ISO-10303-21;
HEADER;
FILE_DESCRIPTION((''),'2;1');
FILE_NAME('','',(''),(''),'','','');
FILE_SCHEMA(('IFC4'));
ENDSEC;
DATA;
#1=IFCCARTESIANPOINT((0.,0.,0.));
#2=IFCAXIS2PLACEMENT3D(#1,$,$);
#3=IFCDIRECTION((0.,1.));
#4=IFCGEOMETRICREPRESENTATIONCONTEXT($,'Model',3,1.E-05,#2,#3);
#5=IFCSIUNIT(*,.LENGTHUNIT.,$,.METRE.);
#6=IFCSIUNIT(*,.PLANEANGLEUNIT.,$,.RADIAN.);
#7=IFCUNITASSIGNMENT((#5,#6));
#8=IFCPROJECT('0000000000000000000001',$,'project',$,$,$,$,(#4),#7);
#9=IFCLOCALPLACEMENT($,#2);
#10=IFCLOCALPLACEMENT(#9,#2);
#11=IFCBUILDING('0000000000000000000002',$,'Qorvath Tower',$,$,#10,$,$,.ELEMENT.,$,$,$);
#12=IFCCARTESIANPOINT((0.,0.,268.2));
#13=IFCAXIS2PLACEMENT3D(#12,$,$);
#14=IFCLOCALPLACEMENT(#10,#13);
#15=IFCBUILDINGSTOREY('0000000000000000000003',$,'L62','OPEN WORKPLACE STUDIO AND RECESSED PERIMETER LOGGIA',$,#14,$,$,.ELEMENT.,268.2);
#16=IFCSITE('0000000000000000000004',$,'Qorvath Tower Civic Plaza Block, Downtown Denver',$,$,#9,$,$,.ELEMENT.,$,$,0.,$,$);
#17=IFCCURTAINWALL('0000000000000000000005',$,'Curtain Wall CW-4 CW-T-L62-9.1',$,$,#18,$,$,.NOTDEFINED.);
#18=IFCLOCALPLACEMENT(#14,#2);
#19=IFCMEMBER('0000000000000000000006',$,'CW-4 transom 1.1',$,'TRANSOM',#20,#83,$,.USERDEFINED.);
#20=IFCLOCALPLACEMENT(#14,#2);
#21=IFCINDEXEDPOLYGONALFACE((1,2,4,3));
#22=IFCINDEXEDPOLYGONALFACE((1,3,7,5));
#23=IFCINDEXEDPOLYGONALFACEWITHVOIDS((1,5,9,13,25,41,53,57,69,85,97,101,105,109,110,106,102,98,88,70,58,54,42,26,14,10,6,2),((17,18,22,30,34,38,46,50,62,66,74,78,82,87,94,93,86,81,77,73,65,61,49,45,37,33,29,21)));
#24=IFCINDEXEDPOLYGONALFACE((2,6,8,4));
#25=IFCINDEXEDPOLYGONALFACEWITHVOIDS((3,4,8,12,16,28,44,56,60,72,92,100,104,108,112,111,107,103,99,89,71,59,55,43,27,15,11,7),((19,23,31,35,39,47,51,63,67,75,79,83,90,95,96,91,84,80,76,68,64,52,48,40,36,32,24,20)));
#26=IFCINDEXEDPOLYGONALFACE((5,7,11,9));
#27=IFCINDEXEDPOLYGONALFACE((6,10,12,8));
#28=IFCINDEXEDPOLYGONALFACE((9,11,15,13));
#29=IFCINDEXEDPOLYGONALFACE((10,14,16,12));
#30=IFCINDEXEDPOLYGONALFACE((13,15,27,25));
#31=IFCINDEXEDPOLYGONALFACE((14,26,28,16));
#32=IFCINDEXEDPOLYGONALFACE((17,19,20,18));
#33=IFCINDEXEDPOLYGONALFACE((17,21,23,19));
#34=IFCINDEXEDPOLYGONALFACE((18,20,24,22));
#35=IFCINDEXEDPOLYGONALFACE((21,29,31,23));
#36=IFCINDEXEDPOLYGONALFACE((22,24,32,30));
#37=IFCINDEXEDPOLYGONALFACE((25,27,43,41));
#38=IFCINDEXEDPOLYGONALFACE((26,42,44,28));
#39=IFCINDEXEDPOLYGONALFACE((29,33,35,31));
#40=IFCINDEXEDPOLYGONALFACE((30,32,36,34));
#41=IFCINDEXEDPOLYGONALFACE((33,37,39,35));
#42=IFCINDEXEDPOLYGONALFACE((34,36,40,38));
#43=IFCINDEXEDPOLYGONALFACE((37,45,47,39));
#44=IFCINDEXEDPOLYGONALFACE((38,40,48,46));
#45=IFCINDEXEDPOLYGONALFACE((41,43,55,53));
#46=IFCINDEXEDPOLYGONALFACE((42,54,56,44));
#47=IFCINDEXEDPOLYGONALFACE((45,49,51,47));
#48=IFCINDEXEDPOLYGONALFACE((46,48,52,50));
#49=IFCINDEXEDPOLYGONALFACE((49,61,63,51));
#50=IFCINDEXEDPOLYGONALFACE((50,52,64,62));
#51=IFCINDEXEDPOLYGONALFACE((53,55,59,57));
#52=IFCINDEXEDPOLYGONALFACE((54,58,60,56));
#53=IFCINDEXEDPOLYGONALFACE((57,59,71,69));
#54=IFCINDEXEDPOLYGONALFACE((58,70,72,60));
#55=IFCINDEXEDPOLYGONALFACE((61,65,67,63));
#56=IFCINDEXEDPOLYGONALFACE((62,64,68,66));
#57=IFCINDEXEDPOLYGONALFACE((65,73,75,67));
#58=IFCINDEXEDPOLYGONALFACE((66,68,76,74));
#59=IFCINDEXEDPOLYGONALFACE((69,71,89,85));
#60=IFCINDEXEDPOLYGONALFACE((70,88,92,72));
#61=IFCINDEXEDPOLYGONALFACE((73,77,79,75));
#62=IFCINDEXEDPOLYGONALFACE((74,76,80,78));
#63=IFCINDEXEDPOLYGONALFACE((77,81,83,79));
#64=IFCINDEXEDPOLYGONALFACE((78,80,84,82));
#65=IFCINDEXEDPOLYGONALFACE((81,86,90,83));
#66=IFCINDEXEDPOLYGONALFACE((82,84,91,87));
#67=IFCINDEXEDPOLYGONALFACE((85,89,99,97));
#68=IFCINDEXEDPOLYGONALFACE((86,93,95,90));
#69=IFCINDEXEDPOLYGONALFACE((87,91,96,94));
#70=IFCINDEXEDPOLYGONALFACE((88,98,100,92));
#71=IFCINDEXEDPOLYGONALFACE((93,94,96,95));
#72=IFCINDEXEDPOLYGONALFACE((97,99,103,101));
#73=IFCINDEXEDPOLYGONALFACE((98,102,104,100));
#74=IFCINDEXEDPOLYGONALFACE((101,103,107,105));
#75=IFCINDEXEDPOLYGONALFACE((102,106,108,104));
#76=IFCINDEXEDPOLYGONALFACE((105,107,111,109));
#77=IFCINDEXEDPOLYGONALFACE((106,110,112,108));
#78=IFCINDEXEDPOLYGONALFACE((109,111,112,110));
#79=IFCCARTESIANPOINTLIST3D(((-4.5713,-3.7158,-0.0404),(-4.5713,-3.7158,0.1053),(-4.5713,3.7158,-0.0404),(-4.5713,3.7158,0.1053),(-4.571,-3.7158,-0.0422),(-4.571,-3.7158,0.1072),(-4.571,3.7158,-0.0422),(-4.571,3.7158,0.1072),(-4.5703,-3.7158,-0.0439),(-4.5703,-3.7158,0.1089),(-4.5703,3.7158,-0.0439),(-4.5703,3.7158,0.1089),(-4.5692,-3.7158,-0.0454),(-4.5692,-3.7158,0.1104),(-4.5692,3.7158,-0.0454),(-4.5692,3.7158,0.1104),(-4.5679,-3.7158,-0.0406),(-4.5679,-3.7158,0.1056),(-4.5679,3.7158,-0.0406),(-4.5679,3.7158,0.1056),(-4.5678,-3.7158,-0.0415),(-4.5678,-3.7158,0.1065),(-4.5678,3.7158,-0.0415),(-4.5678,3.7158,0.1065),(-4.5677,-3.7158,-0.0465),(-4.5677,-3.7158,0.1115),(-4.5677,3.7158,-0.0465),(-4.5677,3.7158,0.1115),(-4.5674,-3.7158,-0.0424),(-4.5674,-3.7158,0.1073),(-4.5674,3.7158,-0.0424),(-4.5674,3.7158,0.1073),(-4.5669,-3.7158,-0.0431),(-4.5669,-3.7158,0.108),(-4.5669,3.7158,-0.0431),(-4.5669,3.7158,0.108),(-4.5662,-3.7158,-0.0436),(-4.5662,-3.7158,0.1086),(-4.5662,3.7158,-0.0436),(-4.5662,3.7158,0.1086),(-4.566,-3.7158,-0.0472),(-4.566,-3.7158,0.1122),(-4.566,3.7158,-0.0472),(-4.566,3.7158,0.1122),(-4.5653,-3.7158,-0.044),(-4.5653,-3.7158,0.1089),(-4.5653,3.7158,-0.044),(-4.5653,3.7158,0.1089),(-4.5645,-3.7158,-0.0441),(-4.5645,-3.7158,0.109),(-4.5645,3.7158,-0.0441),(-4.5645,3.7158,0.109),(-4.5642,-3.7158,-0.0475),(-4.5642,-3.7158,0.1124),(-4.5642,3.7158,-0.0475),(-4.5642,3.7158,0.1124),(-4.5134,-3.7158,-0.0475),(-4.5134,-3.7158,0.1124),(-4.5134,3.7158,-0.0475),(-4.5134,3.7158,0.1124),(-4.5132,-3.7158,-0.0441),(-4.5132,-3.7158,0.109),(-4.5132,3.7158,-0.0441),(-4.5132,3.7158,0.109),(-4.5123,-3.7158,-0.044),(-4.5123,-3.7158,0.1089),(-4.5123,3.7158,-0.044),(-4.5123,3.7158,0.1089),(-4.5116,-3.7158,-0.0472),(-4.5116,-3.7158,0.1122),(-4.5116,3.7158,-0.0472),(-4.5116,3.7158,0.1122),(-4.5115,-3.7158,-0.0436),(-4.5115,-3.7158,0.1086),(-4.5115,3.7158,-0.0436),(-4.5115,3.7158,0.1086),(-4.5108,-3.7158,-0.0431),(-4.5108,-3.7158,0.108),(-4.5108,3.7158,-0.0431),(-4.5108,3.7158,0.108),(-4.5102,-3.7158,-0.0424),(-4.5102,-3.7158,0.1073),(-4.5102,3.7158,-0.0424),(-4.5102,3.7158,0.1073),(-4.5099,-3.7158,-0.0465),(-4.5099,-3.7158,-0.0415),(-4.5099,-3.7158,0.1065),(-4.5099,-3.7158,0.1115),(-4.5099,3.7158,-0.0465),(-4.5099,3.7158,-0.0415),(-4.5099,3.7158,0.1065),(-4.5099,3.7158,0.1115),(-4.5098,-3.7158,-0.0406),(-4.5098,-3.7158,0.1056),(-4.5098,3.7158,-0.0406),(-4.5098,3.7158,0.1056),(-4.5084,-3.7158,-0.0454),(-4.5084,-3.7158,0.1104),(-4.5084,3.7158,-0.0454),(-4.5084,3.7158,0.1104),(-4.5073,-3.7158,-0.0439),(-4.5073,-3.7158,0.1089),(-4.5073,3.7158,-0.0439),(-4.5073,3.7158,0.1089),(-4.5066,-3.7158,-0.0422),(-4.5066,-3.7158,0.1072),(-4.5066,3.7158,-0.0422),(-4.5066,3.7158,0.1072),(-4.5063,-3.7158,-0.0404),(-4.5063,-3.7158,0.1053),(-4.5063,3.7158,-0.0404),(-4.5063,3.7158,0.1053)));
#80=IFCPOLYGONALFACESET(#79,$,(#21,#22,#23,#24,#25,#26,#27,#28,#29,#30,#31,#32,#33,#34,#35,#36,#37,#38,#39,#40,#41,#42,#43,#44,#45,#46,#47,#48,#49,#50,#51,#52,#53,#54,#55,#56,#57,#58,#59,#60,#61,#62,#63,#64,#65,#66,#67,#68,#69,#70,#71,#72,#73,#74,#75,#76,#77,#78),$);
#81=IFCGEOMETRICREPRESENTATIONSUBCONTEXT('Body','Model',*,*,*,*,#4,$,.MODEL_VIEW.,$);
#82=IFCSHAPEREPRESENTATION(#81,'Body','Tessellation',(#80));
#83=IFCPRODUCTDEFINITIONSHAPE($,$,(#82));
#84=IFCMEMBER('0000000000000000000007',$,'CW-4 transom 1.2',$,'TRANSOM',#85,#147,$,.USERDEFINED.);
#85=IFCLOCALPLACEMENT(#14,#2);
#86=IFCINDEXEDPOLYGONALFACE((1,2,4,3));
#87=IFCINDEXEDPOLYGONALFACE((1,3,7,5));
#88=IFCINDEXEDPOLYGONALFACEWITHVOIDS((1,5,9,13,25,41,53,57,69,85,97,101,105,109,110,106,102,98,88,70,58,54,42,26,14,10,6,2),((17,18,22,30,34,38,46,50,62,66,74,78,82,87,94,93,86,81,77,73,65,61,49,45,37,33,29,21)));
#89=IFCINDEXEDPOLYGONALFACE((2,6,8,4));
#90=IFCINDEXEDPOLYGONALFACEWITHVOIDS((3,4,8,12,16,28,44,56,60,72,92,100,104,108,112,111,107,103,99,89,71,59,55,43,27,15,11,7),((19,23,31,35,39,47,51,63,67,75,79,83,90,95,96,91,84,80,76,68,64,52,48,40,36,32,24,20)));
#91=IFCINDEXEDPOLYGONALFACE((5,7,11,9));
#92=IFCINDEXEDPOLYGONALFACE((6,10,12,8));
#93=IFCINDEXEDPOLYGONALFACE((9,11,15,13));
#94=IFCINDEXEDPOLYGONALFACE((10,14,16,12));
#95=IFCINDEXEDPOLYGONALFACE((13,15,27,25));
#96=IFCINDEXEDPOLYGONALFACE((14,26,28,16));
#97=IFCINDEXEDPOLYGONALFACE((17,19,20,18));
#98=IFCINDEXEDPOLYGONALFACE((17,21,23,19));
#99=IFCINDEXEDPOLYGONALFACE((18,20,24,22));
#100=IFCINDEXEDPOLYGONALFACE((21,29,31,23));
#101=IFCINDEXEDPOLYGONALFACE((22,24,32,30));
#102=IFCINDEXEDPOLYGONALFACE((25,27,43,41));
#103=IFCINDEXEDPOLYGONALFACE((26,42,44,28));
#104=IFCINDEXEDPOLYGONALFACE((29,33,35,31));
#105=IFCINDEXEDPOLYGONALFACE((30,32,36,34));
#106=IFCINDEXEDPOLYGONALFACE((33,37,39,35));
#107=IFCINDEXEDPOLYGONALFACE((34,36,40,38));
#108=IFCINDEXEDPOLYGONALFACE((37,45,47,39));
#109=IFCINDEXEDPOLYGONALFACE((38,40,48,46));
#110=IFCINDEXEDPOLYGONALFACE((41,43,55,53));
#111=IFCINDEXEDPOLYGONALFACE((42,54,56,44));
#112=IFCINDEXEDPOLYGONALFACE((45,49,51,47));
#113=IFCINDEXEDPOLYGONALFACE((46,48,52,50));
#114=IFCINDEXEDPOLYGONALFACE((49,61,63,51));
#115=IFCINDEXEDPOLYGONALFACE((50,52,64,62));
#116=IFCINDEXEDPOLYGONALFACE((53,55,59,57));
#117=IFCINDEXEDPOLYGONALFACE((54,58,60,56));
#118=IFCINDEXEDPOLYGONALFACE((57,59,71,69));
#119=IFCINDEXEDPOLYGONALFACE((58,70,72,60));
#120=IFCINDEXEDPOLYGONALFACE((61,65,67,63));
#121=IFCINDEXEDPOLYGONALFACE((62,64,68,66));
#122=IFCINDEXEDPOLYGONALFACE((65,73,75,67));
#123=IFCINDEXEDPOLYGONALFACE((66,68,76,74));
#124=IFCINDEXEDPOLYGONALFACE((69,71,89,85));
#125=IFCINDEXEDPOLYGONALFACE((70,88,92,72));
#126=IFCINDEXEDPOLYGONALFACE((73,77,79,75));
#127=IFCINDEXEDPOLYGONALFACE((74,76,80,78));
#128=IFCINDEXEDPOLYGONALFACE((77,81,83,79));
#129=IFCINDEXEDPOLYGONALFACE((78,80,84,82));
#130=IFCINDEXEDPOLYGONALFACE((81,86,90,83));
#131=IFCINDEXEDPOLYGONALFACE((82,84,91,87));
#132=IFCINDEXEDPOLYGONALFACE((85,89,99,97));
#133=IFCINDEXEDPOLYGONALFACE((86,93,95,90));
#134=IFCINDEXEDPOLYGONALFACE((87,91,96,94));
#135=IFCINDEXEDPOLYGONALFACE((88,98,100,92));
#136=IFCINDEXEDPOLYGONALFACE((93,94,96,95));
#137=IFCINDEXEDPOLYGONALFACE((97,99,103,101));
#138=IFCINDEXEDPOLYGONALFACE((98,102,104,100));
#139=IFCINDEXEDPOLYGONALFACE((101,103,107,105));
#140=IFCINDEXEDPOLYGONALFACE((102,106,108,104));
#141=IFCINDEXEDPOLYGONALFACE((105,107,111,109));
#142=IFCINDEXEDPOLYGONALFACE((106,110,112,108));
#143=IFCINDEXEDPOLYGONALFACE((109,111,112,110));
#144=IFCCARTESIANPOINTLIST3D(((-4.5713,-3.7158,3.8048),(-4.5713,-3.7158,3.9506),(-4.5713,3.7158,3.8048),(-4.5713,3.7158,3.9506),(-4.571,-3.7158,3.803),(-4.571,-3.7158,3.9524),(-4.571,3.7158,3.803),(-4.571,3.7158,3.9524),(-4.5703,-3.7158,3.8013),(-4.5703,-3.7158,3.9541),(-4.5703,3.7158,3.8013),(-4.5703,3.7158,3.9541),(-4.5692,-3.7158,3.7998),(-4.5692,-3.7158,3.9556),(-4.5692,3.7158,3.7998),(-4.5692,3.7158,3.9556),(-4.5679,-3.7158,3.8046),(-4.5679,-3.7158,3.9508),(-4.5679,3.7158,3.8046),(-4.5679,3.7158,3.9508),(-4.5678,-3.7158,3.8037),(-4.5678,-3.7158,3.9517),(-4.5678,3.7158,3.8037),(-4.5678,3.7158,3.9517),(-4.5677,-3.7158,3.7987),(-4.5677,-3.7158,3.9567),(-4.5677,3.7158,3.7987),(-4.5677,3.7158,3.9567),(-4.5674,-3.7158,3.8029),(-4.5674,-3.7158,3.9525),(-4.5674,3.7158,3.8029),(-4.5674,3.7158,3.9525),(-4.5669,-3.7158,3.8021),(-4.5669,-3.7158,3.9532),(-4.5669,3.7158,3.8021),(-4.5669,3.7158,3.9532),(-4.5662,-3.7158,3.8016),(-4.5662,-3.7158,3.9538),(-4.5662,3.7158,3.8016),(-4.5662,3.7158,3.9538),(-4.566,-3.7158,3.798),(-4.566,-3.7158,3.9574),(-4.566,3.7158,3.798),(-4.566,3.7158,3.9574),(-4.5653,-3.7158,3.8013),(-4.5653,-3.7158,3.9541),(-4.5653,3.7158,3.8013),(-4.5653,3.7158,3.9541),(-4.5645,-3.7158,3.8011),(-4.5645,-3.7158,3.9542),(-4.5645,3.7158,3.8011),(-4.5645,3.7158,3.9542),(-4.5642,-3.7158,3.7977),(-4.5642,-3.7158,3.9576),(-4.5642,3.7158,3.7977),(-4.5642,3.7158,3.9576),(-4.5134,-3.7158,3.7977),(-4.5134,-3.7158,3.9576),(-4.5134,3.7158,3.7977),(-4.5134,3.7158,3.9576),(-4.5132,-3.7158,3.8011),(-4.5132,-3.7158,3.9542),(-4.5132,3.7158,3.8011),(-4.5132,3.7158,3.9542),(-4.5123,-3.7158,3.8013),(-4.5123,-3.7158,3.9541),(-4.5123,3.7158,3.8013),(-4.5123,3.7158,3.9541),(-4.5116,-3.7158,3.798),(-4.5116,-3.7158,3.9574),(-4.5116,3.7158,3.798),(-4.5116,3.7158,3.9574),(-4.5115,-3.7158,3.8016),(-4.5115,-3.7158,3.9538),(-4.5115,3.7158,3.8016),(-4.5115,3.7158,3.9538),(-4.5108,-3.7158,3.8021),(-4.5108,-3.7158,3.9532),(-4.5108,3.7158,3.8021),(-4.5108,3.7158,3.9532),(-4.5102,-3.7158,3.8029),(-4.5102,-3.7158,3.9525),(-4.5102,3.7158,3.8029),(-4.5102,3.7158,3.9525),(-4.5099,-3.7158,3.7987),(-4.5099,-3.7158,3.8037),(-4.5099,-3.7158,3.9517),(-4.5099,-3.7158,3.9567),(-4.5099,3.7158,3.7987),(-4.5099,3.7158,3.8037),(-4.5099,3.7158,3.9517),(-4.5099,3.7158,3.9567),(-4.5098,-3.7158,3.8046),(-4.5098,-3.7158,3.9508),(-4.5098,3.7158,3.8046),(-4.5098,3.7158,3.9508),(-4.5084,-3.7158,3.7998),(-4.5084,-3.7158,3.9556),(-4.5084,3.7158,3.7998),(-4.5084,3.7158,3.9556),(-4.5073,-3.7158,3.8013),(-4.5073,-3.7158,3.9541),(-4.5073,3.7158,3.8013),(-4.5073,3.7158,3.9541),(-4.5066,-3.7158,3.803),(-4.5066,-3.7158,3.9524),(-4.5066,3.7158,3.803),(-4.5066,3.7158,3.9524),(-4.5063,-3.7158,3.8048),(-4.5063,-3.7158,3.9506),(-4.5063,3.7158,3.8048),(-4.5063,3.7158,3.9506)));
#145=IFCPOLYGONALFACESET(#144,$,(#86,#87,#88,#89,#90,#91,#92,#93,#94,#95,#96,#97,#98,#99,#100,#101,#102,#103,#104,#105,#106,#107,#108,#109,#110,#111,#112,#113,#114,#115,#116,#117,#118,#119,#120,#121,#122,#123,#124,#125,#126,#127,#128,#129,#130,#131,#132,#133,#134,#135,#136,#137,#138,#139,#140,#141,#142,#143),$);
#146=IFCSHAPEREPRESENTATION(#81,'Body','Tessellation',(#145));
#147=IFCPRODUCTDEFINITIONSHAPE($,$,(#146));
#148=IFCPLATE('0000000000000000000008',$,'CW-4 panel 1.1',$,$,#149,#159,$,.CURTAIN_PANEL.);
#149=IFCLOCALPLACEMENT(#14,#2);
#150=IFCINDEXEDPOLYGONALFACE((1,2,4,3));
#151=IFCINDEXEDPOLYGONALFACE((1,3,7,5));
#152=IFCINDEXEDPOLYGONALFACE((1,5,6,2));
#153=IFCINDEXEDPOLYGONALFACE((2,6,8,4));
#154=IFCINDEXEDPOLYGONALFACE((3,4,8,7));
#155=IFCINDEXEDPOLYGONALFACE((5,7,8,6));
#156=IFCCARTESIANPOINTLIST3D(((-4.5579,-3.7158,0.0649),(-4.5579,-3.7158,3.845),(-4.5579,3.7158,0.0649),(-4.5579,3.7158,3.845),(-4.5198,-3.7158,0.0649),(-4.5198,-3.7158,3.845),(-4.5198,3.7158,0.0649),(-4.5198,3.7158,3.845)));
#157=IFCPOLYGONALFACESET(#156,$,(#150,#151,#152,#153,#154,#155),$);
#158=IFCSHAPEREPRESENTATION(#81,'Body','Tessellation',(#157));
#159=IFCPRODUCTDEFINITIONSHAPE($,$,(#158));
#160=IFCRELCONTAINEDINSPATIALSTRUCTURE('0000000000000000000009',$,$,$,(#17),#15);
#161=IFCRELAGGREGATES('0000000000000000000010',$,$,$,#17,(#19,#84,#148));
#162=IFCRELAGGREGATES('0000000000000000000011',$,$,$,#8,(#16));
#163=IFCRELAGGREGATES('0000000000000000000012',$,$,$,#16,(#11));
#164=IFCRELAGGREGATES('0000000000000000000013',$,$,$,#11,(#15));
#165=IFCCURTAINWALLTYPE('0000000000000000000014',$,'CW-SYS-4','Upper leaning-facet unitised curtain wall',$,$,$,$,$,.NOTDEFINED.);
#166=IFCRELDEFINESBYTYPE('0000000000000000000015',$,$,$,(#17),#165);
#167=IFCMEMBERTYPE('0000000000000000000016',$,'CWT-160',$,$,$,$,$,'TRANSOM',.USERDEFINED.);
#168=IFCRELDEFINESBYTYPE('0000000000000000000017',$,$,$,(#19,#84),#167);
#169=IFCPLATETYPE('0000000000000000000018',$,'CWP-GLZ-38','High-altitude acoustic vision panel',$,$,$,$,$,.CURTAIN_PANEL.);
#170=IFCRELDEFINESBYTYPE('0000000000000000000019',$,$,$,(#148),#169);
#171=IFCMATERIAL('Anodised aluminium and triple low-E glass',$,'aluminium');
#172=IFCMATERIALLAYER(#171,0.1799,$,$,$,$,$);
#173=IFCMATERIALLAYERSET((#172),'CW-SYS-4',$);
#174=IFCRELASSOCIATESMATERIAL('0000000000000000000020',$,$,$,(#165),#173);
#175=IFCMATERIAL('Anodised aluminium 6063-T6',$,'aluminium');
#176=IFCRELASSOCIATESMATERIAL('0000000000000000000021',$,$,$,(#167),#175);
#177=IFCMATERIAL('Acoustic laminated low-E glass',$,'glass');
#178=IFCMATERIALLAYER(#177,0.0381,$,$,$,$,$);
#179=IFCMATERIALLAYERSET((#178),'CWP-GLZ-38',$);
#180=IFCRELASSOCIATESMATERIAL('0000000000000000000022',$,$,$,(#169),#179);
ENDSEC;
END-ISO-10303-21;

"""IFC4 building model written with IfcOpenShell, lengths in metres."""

from ifc_helpers import new_model, si_unit, direction, frame, origin, origin_2d, place, context, subcontext, project, spatial, rectangle, hollow_rectangle, extrude, material, layer, layer_set, material_profile, profile_set, type_object, element, aggregate, save


model = new_model("IFC4")

# Units and contexts
model_context = context("Model", 3, precision=1e-05, world=origin(), true_north=direction((0.0, 1.0)))
body_context = subcontext(model_context, "Body", "Model", "MODEL_VIEW")
ifc_project = project(units=[si_unit("LENGTHUNIT", "METRE"), si_unit("PLANEANGLEUNIT", "RADIAN")], contexts=[model_context])

# Site, building, storey
site_placement = place(None, origin())
site = spatial("IfcSite", under=ifc_project, at=site_placement, Name="Qorvath Tower Civic Plaza Block, Downtown Denver", CompositionType="ELEMENT", RefElevation=0.0)
building_placement = place(site_placement, origin())
building = spatial("IfcBuilding", under=site, at=building_placement, Name="Qorvath Tower", CompositionType="ELEMENT")
storey_placement = place(building_placement, frame((0.0, 0.0, 268.2)))
storey = spatial("IfcBuildingStorey", under=building, at=storey_placement, Name="L62", Description="OPEN WORKPLACE STUDIO AND RECESSED PERIMETER LOGGIA", CompositionType="ELEMENT", Elevation=268.2)

# Shared definitions
ifc_material_1 = material(Name="Anodised aluminium and triple low-E glass", Category="aluminium")
ifc_layer_1 = layer(ifc_material_1, 0.1799)
ifc_layer_set_1 = layer_set([ifc_layer_1], Name="CW-SYS-4")
curtain_wall_type = type_object("IfcCurtainWallType", Name="CW-SYS-4", Description="Upper leaning-facet unitised curtain wall", PredefinedType="NOTDEFINED", material=ifc_layer_set_1)

# Curtain wall, members, plate
curtain_wall_1_placement = place(storey_placement, origin())
curtain_wall_1 = element("IfcCurtainWall", 1, at=curtain_wall_1_placement, inside=storey, type_object=curtain_wall_type, Name="Curtain Wall CW-4 CW-T-L62-9.1", PredefinedType="NOTDEFINED")
ifc_material_2 = material(Name="Anodised aluminium 6063-T6", Category="aluminium")
ifc_material_profile_1 = material_profile(ifc_material_2, hollow_rectangle(XDim=0.0649, YDim=0.1599, WallThickness=0.0034, InnerFilletRadius=0.0034, OuterFilletRadius=0.0071, at=origin_2d()), Name="CWT 160x65")
ifc_profile_set_1 = profile_set([ifc_material_profile_1], Name="Anodised aluminium 6063-T6")
member_type_1 = type_object("IfcMemberType", Name="CWT-160", ElementType="TRANSOM", PredefinedType="USERDEFINED", material=ifc_profile_set_1)
member_1_placement = place(storey_placement, frame((-4.5388, -3.7158, 0.0325), z_axis=(0.0, 1.0, 0.0), x_axis=(-1.0, 0.0, 0.0)))
member_1 = element("IfcMember", 2, at=member_1_placement, type_object=member_type_1, Name="CW-4 transom 1.1", ObjectType="TRANSOM", PredefinedType="USERDEFINED", context=body_context, shape_type="SweptSolid", body=[
    extrude(hollow_rectangle(XDim=0.0649, YDim=0.1599, WallThickness=0.0034, InnerFilletRadius=0.0034, OuterFilletRadius=0.0071, at=origin_2d()), origin(), (0.0, 0.0, 1.0), 7.4316),
])
member_2_placement = place(storey_placement, frame((-4.5388, -3.7158, 3.8777), z_axis=(0.0, 1.0, 0.0), x_axis=(-1.0, 0.0, 0.0)))
member_2 = element("IfcMember", 3, at=member_2_placement, type_object=member_type_1, Name="CW-4 transom 1.2", ObjectType="TRANSOM", PredefinedType="USERDEFINED", context=body_context, shape_type="SweptSolid", body=[
    extrude(hollow_rectangle(XDim=0.0649, YDim=0.1599, WallThickness=0.0034, InnerFilletRadius=0.0034, OuterFilletRadius=0.0071, at=origin_2d()), origin(), (0.0, 0.0, 1.0), 7.4316),
])
ifc_material_3 = material(Name="Acoustic laminated low-E glass", Category="glass")
ifc_layer_2 = layer(ifc_material_3, 0.0381)
ifc_layer_set_2 = layer_set([ifc_layer_2], Name="CWP-GLZ-38")
plate_type = type_object("IfcPlateType", Name="CWP-GLZ-38", Description="High-altitude acoustic vision panel", PredefinedType="CURTAIN_PANEL", material=ifc_layer_set_2)
plate_placement = place(storey_placement, frame((-4.5388, 0.0, 0.0649), z_axis=(0.0, 0.0, 1.0), x_axis=(0.0, 1.0, 0.0)))
plate = element("IfcPlate", 4, at=plate_placement, type_object=plate_type, Name="CW-4 panel 1.1", PredefinedType="CURTAIN_PANEL", context=body_context, shape_type="SweptSolid", body=[
    extrude(rectangle(XDim=7.4316, YDim=0.0381, at=origin_2d()), origin(), (0.0, 0.0, 1.0), 3.78),
])
aggregate(curtain_wall_1, [member_1, member_2, plate])

save(model, "model.ifc")
